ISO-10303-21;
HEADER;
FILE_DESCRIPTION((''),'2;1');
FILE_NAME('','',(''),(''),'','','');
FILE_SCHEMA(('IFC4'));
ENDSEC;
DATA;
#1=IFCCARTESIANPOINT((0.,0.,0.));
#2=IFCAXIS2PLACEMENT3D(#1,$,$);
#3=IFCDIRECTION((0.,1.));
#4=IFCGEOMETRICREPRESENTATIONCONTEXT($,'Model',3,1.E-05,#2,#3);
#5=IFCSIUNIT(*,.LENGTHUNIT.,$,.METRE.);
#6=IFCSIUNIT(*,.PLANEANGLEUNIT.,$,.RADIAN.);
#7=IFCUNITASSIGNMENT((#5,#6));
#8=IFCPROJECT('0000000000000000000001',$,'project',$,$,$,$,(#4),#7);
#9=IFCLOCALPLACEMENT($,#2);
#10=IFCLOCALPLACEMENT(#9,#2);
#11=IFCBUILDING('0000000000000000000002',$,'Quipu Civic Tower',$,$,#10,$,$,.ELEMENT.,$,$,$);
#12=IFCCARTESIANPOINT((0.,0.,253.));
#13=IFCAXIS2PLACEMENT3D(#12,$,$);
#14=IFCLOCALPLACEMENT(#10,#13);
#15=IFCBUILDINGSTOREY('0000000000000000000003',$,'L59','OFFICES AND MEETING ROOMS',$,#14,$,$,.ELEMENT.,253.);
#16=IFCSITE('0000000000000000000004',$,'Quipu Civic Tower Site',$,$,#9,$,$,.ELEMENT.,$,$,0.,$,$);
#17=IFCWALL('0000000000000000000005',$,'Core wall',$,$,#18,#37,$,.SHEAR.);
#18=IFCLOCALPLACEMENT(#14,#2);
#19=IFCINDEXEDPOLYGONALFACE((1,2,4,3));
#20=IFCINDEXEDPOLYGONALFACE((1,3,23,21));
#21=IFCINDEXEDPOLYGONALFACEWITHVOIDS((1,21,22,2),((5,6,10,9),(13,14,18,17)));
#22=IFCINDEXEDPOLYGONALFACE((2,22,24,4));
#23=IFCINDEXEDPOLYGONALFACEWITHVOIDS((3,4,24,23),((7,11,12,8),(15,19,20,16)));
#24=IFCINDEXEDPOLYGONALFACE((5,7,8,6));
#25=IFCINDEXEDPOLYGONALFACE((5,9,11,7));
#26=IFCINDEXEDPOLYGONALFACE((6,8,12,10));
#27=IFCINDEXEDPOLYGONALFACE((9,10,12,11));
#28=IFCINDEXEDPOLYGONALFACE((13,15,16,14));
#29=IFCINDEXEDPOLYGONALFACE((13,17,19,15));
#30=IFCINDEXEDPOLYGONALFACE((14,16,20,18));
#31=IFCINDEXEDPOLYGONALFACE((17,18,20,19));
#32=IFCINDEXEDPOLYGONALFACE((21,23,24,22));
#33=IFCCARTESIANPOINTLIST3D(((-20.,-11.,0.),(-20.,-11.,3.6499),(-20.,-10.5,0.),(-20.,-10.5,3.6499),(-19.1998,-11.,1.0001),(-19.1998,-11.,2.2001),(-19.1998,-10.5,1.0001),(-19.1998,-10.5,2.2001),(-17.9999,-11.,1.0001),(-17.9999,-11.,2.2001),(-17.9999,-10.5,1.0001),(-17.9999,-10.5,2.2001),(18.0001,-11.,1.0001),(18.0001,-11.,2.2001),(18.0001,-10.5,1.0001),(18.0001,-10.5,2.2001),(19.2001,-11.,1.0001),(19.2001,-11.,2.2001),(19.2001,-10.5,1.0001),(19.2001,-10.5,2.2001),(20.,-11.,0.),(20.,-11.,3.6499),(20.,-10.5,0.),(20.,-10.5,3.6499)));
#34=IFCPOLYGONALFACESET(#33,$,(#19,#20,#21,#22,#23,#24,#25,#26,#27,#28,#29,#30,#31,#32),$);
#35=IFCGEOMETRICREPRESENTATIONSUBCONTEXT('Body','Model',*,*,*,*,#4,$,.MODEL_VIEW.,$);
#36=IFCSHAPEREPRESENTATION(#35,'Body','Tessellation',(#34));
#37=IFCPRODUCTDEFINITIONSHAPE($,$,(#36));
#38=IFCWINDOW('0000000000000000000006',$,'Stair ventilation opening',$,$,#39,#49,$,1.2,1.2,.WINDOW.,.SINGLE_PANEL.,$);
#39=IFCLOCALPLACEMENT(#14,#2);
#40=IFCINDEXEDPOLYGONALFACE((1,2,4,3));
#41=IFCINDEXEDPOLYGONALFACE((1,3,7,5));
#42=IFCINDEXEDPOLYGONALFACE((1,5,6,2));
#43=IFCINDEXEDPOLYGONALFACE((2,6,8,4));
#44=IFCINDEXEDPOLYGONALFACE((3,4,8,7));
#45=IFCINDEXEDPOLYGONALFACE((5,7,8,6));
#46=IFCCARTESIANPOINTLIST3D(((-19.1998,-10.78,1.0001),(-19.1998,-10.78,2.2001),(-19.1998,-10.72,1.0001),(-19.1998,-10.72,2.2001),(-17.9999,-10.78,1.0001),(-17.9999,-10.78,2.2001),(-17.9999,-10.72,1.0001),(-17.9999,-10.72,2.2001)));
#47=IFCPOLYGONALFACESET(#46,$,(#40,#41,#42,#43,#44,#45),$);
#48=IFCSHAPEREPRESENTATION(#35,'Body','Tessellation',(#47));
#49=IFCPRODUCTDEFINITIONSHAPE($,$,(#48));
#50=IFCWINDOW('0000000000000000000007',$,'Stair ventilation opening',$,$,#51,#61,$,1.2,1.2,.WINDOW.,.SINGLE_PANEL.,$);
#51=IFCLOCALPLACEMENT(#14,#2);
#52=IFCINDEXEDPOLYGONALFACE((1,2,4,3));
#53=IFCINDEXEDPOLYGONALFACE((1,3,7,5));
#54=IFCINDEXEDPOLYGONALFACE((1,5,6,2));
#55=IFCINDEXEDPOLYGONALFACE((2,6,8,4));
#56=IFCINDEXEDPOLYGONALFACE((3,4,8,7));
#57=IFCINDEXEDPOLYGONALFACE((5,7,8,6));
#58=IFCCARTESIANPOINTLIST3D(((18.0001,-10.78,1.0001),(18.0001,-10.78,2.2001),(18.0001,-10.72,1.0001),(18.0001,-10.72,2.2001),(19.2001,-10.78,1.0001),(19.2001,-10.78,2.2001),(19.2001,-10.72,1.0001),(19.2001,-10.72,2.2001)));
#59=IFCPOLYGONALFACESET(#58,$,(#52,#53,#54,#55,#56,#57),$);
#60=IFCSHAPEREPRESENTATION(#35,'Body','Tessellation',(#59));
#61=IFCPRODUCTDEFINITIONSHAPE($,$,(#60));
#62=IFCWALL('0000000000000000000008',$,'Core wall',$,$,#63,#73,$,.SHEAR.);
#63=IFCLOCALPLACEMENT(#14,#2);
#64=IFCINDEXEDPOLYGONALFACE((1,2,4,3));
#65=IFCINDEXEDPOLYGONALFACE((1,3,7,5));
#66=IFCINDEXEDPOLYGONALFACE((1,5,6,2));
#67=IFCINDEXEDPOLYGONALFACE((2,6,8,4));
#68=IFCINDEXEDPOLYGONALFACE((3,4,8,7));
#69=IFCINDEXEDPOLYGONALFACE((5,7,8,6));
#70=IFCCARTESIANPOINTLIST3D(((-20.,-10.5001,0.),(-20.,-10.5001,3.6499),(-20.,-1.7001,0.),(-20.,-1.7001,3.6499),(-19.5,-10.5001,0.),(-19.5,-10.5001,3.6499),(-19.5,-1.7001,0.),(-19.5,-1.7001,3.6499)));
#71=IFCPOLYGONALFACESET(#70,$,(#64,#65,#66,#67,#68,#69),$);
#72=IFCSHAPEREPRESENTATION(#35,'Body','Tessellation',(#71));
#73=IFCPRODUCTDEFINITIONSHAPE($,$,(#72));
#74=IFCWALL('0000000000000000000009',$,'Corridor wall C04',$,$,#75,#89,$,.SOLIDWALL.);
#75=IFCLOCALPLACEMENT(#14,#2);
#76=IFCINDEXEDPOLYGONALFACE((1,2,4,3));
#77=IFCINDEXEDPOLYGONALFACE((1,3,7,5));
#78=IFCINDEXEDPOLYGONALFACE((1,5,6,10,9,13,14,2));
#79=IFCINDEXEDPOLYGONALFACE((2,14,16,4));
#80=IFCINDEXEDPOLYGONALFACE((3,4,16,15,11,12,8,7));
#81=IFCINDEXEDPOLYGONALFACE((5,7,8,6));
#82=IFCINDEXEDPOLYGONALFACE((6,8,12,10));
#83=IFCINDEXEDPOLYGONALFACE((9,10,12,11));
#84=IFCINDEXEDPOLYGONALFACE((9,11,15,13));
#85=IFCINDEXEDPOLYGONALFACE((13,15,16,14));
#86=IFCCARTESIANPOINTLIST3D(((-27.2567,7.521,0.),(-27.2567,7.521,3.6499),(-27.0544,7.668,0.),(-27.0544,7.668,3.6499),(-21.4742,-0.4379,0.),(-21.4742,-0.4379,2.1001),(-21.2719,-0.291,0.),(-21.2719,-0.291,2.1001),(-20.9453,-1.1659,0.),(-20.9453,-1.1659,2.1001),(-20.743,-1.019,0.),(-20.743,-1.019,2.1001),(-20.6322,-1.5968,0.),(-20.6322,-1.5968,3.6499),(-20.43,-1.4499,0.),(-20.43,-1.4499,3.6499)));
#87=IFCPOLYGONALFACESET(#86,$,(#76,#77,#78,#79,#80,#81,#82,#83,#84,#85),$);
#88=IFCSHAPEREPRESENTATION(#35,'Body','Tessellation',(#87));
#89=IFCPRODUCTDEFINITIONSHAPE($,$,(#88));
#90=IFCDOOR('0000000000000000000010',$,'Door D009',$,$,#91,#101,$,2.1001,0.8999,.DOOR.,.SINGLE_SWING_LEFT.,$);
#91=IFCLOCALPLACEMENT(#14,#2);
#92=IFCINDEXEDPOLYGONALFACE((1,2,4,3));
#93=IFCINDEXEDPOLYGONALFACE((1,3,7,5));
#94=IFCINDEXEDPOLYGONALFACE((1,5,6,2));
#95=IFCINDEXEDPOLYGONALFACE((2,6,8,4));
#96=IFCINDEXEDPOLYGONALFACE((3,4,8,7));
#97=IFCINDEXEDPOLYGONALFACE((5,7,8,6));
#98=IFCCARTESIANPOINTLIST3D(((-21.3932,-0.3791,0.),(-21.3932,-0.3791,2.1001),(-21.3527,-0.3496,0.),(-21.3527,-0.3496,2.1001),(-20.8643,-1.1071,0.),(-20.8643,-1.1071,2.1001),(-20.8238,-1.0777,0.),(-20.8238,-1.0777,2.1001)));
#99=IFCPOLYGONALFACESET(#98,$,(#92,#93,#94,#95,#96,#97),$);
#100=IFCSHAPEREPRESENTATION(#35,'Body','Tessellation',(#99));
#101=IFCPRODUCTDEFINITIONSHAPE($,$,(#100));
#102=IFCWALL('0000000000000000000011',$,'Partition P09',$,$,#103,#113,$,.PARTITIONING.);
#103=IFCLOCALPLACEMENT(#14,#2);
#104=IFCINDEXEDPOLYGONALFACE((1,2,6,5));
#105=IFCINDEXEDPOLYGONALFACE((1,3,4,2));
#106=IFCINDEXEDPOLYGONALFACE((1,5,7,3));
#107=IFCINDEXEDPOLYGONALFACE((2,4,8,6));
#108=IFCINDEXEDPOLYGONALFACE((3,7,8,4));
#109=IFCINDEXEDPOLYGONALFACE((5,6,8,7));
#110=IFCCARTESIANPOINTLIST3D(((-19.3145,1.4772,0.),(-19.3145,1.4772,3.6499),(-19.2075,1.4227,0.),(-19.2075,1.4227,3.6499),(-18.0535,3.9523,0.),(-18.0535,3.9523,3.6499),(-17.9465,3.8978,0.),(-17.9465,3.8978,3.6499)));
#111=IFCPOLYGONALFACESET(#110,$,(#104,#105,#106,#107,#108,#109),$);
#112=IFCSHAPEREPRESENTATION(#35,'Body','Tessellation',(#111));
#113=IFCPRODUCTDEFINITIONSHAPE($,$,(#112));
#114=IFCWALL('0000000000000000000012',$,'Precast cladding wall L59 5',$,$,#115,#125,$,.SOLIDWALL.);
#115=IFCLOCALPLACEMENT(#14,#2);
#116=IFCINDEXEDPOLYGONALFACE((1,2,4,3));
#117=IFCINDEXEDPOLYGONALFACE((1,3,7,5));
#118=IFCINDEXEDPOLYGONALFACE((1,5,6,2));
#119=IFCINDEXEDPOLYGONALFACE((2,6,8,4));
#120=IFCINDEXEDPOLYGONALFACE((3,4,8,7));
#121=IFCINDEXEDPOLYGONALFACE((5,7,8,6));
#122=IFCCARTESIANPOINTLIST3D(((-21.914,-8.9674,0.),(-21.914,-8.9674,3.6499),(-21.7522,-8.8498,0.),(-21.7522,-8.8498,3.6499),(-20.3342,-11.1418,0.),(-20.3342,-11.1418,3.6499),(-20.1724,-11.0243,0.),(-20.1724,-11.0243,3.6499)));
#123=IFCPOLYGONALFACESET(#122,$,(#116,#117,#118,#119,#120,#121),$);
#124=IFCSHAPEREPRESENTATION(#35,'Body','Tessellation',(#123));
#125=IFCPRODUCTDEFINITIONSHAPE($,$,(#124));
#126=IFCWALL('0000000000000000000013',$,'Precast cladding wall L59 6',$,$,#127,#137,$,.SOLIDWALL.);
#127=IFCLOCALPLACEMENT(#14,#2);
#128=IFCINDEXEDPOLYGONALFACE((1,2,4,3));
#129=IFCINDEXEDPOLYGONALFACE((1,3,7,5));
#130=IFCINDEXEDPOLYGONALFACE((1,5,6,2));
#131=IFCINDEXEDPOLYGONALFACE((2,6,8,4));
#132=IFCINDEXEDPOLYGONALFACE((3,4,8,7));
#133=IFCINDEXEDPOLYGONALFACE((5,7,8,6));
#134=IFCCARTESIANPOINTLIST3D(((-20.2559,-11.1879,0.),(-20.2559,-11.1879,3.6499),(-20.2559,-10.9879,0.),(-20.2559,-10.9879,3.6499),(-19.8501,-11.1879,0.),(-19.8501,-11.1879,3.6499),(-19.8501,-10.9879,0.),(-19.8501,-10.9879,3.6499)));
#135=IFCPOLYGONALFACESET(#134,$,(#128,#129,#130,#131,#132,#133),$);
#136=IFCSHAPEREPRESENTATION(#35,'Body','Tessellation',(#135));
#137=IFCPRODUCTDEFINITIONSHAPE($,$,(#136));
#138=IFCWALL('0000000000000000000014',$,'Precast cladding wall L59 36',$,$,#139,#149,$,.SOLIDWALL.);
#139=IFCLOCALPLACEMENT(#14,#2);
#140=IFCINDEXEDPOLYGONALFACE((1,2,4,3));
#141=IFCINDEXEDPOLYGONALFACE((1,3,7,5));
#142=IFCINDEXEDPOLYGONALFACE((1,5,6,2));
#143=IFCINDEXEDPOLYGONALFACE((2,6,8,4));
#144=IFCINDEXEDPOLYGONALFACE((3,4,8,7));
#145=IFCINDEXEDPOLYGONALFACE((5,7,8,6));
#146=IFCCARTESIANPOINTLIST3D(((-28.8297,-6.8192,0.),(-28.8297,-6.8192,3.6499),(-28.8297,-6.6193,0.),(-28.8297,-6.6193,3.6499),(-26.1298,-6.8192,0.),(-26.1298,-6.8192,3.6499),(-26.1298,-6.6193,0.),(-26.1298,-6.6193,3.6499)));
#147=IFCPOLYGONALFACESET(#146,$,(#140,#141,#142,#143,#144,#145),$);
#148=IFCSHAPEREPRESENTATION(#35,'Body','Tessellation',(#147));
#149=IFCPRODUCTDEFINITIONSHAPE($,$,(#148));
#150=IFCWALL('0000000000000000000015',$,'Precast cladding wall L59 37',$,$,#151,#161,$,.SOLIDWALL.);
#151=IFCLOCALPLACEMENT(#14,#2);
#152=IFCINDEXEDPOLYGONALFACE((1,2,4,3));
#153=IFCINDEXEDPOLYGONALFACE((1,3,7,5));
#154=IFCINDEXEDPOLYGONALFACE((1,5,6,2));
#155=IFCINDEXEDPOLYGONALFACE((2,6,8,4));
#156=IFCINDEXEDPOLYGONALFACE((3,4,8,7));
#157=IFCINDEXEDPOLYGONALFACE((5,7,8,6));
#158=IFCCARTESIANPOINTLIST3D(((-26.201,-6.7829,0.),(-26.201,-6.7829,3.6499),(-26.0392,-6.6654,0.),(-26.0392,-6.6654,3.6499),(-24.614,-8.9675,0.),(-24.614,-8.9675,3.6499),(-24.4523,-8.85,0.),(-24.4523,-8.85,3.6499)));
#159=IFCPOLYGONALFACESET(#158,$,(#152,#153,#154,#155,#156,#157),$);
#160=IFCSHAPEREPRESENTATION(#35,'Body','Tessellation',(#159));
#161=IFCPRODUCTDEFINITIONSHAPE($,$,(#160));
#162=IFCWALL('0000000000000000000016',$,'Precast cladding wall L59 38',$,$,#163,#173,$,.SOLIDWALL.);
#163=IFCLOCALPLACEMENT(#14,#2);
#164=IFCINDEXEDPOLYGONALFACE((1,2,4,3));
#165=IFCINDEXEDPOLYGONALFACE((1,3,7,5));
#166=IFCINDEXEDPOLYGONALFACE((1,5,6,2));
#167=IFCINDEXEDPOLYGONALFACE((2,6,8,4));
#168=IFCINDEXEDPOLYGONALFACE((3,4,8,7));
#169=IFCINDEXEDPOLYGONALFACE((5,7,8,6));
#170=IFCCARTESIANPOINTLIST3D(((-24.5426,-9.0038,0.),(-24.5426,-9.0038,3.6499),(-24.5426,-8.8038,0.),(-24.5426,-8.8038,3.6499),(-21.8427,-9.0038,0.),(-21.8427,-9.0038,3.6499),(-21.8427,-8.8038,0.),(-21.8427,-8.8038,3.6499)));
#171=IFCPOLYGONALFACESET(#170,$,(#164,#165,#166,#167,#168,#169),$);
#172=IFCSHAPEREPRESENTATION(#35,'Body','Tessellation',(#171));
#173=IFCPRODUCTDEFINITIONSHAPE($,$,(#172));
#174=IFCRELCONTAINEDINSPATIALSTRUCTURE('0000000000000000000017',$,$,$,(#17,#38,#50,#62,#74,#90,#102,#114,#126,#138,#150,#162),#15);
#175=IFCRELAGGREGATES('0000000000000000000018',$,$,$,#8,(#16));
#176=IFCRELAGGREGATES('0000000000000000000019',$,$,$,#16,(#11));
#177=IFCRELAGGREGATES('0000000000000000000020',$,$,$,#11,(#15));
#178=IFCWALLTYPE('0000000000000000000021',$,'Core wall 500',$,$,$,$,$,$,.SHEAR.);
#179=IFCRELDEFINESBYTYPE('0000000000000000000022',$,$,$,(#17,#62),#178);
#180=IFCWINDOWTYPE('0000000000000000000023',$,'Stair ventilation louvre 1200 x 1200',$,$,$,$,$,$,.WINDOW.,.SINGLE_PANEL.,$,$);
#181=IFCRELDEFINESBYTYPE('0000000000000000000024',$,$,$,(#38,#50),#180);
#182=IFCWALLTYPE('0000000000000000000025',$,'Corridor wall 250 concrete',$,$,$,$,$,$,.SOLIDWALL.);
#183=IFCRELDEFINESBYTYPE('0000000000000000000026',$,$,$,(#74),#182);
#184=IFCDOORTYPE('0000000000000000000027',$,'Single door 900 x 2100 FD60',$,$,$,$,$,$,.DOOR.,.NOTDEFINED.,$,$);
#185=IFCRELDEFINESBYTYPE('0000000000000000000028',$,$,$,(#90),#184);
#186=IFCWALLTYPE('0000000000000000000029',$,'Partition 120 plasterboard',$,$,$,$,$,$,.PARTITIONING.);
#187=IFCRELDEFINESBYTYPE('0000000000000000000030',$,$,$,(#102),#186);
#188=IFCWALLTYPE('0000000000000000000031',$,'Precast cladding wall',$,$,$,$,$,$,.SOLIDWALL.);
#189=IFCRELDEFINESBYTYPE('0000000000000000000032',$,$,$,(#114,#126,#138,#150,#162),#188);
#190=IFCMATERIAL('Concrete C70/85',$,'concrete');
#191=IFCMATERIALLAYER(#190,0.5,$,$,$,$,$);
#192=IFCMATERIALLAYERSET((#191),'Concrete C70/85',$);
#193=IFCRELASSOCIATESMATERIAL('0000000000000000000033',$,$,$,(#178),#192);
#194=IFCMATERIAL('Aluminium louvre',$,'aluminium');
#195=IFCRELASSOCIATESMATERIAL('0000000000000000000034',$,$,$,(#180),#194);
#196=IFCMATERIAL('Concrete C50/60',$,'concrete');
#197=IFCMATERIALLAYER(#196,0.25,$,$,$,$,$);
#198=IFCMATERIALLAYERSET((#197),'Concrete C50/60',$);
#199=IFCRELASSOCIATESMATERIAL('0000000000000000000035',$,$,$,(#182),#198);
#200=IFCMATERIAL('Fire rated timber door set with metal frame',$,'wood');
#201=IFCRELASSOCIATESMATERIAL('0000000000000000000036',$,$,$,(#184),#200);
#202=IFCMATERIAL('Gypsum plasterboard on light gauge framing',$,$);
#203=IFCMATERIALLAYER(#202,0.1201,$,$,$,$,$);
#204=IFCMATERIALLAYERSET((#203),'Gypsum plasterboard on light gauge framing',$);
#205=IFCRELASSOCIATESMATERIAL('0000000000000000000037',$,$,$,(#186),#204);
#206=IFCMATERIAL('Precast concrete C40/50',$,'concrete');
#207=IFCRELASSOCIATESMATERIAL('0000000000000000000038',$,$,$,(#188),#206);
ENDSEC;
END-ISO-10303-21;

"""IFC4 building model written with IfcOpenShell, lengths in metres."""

from ifc_helpers import new_model, si_unit, direction, frame, frame_2d, origin, place, context, subcontext, project, spatial, rectangle, extrude, material, layer, layer_set, type_object, element, fill, save


model = new_model("IFC4")

# Units and contexts
model_context = context("Model", 3, precision=1e-05, world=origin(), true_north=direction((0.0, 1.0)))
body_context = subcontext(model_context, "Body", "Model", "MODEL_VIEW")
ifc_project = project(units=[si_unit("LENGTHUNIT", "METRE"), si_unit("PLANEANGLEUNIT", "RADIAN")], contexts=[model_context])

# Site, building, storey
site_placement = place(None, origin())
site = spatial("IfcSite", under=ifc_project, at=site_placement, Name="Quipu Civic Tower Site", CompositionType="ELEMENT", RefElevation=0.0)
building_placement = place(site_placement, origin())
building = spatial("IfcBuilding", under=site, at=building_placement, Name="Quipu Civic Tower", CompositionType="ELEMENT")
storey_placement = place(building_placement, frame((0.0, 0.0, 253.0)))
storey = spatial("IfcBuildingStorey", under=building, at=storey_placement, Name="L59", Description="OFFICES AND MEETING ROOMS", CompositionType="ELEMENT", Elevation=253.0)

# Wall, openings, windows
ifc_material_1 = material(Name="Concrete C70/85", Category="concrete")
ifc_layer_1 = layer(ifc_material_1, 0.5)
ifc_layer_set_1 = layer_set([ifc_layer_1], Name="Concrete C70/85")
wall_type_1 = type_object("IfcWallType", Name="Core wall 500", PredefinedType="SHEAR", material=ifc_layer_set_1)
wall_1_placement = place(storey_placement, frame((-20.0, -10.75, 0.0), z_axis=(0.0, 0.0, 1.0), x_axis=(1.0, 0.0, 0.0)))
wall_1 = element("IfcWall", 1, at=wall_1_placement, inside=storey, type_object=wall_type_1, Name="Core wall", PredefinedType="SHEAR", context=body_context, shape_type="SweptSolid", body=[
    extrude(rectangle(XDim=40.0, YDim=0.5, at=frame_2d((20.0, 0.0))), origin(), (0.0, 0.0, 1.0), 3.6499),
])
opening_1_placement = place(wall_1_placement, frame((0.8, 0.0, 1.0)))
opening_1 = element("IfcOpeningElement", 2, at=opening_1_placement, cuts=wall_1, PredefinedType="OPENING", context=body_context, shape_type="SweptSolid", body=[
    extrude(rectangle(XDim=1.2, YDim=1.2, at=frame_2d((0.6001, 0.6001))), frame((0.0, 0.26, 0.0), z_axis=(0.0, -1.0, 0.0), x_axis=(1.0, 0.0, 0.0)), (0.0, 0.0, 1.0), 0.52),
])
opening_2_placement = place(wall_1_placement, frame((38.0, 0.0, 1.0)))
opening_2 = element("IfcOpeningElement", 3, at=opening_2_placement, cuts=wall_1, PredefinedType="OPENING", context=body_context, shape_type="SweptSolid", body=[
    extrude(rectangle(XDim=1.2, YDim=1.2, at=frame_2d((0.6001, 0.6001))), frame((0.0, 0.26, 0.0), z_axis=(0.0, -1.0, 0.0), x_axis=(1.0, 0.0, 0.0)), (0.0, 0.0, 1.0), 0.52),
])
ifc_material_2 = material(Name="Aluminium louvre", Category="aluminium")
window_type = type_object("IfcWindowType", Name="Stair ventilation louvre 1200 x 1200", PartitioningType="SINGLE_PANEL", PredefinedType="WINDOW", material=ifc_material_2)
window_1_placement = place(opening_1_placement, origin())
window_1 = element("IfcWindow", 4, at=window_1_placement, inside=storey, type_object=window_type, Name="Stair ventilation opening", OverallHeight=1.2, OverallWidth=1.2, PartitioningType="SINGLE_PANEL", PredefinedType="WINDOW", context=body_context, shape_type="SweptSolid", body=[
    extrude(rectangle(XDim=1.2, YDim=1.2, at=frame_2d((0.6001, 0.6001))), frame((0.0, 0.03, 0.0), z_axis=(0.0, -1.0, 0.0), x_axis=(1.0, 0.0, 0.0)), (0.0, 0.0, 1.0), 0.0601),
])
fill(opening_1, window_1)
window_2_placement = place(opening_2_placement, origin())
window_2 = element("IfcWindow", 5, at=window_2_placement, inside=storey, type_object=window_type, Name="Stair ventilation opening", OverallHeight=1.2, OverallWidth=1.2, PartitioningType="SINGLE_PANEL", PredefinedType="WINDOW", context=body_context, shape_type="SweptSolid", body=[
    extrude(rectangle(XDim=1.2, YDim=1.2, at=frame_2d((0.6001, 0.6001))), frame((0.0, 0.03, 0.0), z_axis=(0.0, -1.0, 0.0), x_axis=(1.0, 0.0, 0.0)), (0.0, 0.0, 1.0), 0.0601),
])
fill(opening_2, window_2)

# Wall
wall_2_placement = place(storey_placement, frame((-19.75, -10.5, 0.0), z_axis=(0.0, 0.0, 1.0), x_axis=(0.0, 1.0, 0.0)))
element("IfcWall", 6, at=wall_2_placement, inside=storey, type_object=wall_type_1, Name="Core wall", PredefinedType="SHEAR", context=body_context, shape_type="SweptSolid", body=[
    extrude(rectangle(XDim=8.8, YDim=0.5, at=frame_2d((4.3999, 0.0))), origin(), (0.0, 0.0, 1.0), 3.6499),
])

# Wall, opening, door
ifc_material_3 = material(Name="Concrete C50/60", Category="concrete")
ifc_layer_2 = layer(ifc_material_3, 0.25)
ifc_layer_set_2 = layer_set([ifc_layer_2], Name="Concrete C50/60")
wall_type_2 = type_object("IfcWallType", Name="Corridor wall 250 concrete", PredefinedType="SOLIDWALL", material=ifc_layer_set_2)
wall_3_placement = place(storey_placement, frame((-20.531, -1.5234, 0.0), z_axis=(0.0, 0.0, 1.0), x_axis=(-0.587783, 0.809019, 0.0)))
wall_3 = element("IfcWall", 7, at=wall_3_placement, inside=storey, type_object=wall_type_2, Name="Corridor wall C04", PredefinedType="SOLIDWALL", context=body_context, shape_type="SweptSolid", body=[
    extrude(rectangle(XDim=11.2703, YDim=0.25, at=frame_2d((5.6353, 0.0))), origin(), (0.0, 0.0, 1.0), 3.6499),
])
opening_3_placement = place(wall_3_placement, frame((0.5327, 0.0, 0.0)))
opening_3 = element("IfcOpeningElement", 8, at=opening_3_placement, cuts=wall_3, PredefinedType="OPENING", context=body_context, shape_type="SweptSolid", body=[
    extrude(rectangle(XDim=0.8999, YDim=2.1001, at=frame_2d((0.45, 1.05))), frame((0.0, 0.135, 0.0), z_axis=(0.0, -1.0, 0.0), x_axis=(1.0, 0.0, 0.0)), (0.0, 0.0, 1.0), 0.27),
])
ifc_material_4 = material(Name="Fire rated timber door set with metal frame", Category="wood")
door_type = type_object("IfcDoorType", Name="Single door 900 x 2100 FD60", OperationType="NOTDEFINED", PredefinedType="DOOR", material=ifc_material_4)
door_placement = place(opening_3_placement, origin())
door = element("IfcDoor", 9, at=door_placement, inside=storey, type_object=door_type, Name="Door D009", OperationType="SINGLE_SWING_LEFT", OverallHeight=2.1001, OverallWidth=0.8999, PredefinedType="DOOR", context=body_context, shape_type="SweptSolid", body=[
    extrude(rectangle(XDim=0.8999, YDim=2.1001, at=frame_2d((0.45, 1.05))), frame((0.0, 0.0249, 0.0), z_axis=(0.0, -1.0, 0.0), x_axis=(1.0, 0.0, 0.0)), (0.0, 0.0, 1.0), 0.05),
])
fill(opening_3, door)

# Walls
ifc_material_5 = material(Name="Gypsum plasterboard on light gauge framing")
ifc_layer_3 = layer(ifc_material_5, 0.1201)
ifc_layer_set_3 = layer_set([ifc_layer_3], Name="Gypsum plasterboard on light gauge framing")
wall_type_3 = type_object("IfcWallType", Name="Partition 120 plasterboard", PredefinedType="PARTITIONING", material=ifc_layer_set_3)
wall_4_placement = place(storey_placement, frame((-19.261, 1.45, 0.0), z_axis=(0.0, 0.0, 1.0), x_axis=(0.453951, 0.891027, 0.0)))
element("IfcWall", 10, at=wall_4_placement, inside=storey, type_object=wall_type_3, Name="Partition P09", PredefinedType="PARTITIONING", context=body_context, shape_type="SweptSolid", body=[
    extrude(rectangle(XDim=2.7778, YDim=0.1201, at=frame_2d((1.3889, 0.0))), origin(), (0.0, 0.0, 1.0), 3.6499),
])
ifc_material_6 = material(Name="Precast concrete C40/50", Category="concrete")
wall_type_4 = type_object("IfcWallType", Name="Precast cladding wall", PredefinedType="SOLIDWALL", material=ifc_material_6)
wall_5_placement = place(storey_placement, frame((-21.833, -8.9087, 0.0), z_axis=(0.0, 0.0, 1.0), x_axis=(0.587767, -0.809031, 0.0)))
element("IfcWall", 11, at=wall_5_placement, inside=storey, type_object=wall_type_4, Name="Precast cladding wall L59 5", PredefinedType="SOLIDWALL", context=body_context, shape_type="SweptSolid", body=[
    extrude(rectangle(XDim=2.6877, YDim=0.2, at=frame_2d((1.3438, 0.0))), origin(), (0.0, 0.0, 1.0), 3.6499),
])
wall_6_placement = place(storey_placement, frame((-20.2559, -11.0879, 0.0), z_axis=(0.0, 0.0, 1.0), x_axis=(1.0, 0.0, 0.0)))
element("IfcWall", 12, at=wall_6_placement, inside=storey, type_object=wall_type_4, Name="Precast cladding wall L59 6", PredefinedType="SOLIDWALL", context=body_context, shape_type="SweptSolid", body=[
    extrude(rectangle(XDim=0.4058, YDim=0.2, at=frame_2d((0.2029, 0.0))), origin(), (0.0, 0.0, 1.0), 3.6499),
])
wall_7_placement = place(storey_placement, frame((-28.8298, -6.7192, 0.0), z_axis=(0.0, 0.0, 1.0), x_axis=(1.0, 0.0, 0.0)))
element("IfcWall", 13, at=wall_7_placement, inside=storey, type_object=wall_type_4, Name="Precast cladding wall L59 36", PredefinedType="SOLIDWALL", context=body_context, shape_type="SweptSolid", body=[
    extrude(rectangle(XDim=2.7, YDim=0.2, at=frame_2d((1.3501, 0.0))), origin(), (0.0, 0.0, 1.0), 3.6499),
])
wall_8_placement = place(storey_placement, frame((-26.1201, -6.7241, 0.0), z_axis=(0.0, 0.0, 1.0), x_axis=(0.58772, -0.809064, 0.0)))
element("IfcWall", 14, at=wall_8_placement, inside=storey, type_object=wall_type_4, Name="Precast cladding wall L59 37", PredefinedType="SOLIDWALL", context=body_context, shape_type="SweptSolid", body=[
    extrude(rectangle(XDim=2.7002, YDim=0.2, at=frame_2d((1.3501, 0.0))), origin(), (0.0, 0.0, 1.0), 3.6499),
])
wall_9_placement = place(storey_placement, frame((-24.5427, -8.9038, 0.0), z_axis=(0.0, 0.0, 1.0), x_axis=(1.0, 0.0, 0.0)))
element("IfcWall", 15, at=wall_9_placement, inside=storey, type_object=wall_type_4, Name="Precast cladding wall L59 38", PredefinedType="SOLIDWALL", context=body_context, shape_type="SweptSolid", body=[
    extrude(rectangle(XDim=2.7, YDim=0.2, at=frame_2d((1.3501, 0.0))), origin(), (0.0, 0.0, 1.0), 3.6499),
])

save(model, "model.ifc")
